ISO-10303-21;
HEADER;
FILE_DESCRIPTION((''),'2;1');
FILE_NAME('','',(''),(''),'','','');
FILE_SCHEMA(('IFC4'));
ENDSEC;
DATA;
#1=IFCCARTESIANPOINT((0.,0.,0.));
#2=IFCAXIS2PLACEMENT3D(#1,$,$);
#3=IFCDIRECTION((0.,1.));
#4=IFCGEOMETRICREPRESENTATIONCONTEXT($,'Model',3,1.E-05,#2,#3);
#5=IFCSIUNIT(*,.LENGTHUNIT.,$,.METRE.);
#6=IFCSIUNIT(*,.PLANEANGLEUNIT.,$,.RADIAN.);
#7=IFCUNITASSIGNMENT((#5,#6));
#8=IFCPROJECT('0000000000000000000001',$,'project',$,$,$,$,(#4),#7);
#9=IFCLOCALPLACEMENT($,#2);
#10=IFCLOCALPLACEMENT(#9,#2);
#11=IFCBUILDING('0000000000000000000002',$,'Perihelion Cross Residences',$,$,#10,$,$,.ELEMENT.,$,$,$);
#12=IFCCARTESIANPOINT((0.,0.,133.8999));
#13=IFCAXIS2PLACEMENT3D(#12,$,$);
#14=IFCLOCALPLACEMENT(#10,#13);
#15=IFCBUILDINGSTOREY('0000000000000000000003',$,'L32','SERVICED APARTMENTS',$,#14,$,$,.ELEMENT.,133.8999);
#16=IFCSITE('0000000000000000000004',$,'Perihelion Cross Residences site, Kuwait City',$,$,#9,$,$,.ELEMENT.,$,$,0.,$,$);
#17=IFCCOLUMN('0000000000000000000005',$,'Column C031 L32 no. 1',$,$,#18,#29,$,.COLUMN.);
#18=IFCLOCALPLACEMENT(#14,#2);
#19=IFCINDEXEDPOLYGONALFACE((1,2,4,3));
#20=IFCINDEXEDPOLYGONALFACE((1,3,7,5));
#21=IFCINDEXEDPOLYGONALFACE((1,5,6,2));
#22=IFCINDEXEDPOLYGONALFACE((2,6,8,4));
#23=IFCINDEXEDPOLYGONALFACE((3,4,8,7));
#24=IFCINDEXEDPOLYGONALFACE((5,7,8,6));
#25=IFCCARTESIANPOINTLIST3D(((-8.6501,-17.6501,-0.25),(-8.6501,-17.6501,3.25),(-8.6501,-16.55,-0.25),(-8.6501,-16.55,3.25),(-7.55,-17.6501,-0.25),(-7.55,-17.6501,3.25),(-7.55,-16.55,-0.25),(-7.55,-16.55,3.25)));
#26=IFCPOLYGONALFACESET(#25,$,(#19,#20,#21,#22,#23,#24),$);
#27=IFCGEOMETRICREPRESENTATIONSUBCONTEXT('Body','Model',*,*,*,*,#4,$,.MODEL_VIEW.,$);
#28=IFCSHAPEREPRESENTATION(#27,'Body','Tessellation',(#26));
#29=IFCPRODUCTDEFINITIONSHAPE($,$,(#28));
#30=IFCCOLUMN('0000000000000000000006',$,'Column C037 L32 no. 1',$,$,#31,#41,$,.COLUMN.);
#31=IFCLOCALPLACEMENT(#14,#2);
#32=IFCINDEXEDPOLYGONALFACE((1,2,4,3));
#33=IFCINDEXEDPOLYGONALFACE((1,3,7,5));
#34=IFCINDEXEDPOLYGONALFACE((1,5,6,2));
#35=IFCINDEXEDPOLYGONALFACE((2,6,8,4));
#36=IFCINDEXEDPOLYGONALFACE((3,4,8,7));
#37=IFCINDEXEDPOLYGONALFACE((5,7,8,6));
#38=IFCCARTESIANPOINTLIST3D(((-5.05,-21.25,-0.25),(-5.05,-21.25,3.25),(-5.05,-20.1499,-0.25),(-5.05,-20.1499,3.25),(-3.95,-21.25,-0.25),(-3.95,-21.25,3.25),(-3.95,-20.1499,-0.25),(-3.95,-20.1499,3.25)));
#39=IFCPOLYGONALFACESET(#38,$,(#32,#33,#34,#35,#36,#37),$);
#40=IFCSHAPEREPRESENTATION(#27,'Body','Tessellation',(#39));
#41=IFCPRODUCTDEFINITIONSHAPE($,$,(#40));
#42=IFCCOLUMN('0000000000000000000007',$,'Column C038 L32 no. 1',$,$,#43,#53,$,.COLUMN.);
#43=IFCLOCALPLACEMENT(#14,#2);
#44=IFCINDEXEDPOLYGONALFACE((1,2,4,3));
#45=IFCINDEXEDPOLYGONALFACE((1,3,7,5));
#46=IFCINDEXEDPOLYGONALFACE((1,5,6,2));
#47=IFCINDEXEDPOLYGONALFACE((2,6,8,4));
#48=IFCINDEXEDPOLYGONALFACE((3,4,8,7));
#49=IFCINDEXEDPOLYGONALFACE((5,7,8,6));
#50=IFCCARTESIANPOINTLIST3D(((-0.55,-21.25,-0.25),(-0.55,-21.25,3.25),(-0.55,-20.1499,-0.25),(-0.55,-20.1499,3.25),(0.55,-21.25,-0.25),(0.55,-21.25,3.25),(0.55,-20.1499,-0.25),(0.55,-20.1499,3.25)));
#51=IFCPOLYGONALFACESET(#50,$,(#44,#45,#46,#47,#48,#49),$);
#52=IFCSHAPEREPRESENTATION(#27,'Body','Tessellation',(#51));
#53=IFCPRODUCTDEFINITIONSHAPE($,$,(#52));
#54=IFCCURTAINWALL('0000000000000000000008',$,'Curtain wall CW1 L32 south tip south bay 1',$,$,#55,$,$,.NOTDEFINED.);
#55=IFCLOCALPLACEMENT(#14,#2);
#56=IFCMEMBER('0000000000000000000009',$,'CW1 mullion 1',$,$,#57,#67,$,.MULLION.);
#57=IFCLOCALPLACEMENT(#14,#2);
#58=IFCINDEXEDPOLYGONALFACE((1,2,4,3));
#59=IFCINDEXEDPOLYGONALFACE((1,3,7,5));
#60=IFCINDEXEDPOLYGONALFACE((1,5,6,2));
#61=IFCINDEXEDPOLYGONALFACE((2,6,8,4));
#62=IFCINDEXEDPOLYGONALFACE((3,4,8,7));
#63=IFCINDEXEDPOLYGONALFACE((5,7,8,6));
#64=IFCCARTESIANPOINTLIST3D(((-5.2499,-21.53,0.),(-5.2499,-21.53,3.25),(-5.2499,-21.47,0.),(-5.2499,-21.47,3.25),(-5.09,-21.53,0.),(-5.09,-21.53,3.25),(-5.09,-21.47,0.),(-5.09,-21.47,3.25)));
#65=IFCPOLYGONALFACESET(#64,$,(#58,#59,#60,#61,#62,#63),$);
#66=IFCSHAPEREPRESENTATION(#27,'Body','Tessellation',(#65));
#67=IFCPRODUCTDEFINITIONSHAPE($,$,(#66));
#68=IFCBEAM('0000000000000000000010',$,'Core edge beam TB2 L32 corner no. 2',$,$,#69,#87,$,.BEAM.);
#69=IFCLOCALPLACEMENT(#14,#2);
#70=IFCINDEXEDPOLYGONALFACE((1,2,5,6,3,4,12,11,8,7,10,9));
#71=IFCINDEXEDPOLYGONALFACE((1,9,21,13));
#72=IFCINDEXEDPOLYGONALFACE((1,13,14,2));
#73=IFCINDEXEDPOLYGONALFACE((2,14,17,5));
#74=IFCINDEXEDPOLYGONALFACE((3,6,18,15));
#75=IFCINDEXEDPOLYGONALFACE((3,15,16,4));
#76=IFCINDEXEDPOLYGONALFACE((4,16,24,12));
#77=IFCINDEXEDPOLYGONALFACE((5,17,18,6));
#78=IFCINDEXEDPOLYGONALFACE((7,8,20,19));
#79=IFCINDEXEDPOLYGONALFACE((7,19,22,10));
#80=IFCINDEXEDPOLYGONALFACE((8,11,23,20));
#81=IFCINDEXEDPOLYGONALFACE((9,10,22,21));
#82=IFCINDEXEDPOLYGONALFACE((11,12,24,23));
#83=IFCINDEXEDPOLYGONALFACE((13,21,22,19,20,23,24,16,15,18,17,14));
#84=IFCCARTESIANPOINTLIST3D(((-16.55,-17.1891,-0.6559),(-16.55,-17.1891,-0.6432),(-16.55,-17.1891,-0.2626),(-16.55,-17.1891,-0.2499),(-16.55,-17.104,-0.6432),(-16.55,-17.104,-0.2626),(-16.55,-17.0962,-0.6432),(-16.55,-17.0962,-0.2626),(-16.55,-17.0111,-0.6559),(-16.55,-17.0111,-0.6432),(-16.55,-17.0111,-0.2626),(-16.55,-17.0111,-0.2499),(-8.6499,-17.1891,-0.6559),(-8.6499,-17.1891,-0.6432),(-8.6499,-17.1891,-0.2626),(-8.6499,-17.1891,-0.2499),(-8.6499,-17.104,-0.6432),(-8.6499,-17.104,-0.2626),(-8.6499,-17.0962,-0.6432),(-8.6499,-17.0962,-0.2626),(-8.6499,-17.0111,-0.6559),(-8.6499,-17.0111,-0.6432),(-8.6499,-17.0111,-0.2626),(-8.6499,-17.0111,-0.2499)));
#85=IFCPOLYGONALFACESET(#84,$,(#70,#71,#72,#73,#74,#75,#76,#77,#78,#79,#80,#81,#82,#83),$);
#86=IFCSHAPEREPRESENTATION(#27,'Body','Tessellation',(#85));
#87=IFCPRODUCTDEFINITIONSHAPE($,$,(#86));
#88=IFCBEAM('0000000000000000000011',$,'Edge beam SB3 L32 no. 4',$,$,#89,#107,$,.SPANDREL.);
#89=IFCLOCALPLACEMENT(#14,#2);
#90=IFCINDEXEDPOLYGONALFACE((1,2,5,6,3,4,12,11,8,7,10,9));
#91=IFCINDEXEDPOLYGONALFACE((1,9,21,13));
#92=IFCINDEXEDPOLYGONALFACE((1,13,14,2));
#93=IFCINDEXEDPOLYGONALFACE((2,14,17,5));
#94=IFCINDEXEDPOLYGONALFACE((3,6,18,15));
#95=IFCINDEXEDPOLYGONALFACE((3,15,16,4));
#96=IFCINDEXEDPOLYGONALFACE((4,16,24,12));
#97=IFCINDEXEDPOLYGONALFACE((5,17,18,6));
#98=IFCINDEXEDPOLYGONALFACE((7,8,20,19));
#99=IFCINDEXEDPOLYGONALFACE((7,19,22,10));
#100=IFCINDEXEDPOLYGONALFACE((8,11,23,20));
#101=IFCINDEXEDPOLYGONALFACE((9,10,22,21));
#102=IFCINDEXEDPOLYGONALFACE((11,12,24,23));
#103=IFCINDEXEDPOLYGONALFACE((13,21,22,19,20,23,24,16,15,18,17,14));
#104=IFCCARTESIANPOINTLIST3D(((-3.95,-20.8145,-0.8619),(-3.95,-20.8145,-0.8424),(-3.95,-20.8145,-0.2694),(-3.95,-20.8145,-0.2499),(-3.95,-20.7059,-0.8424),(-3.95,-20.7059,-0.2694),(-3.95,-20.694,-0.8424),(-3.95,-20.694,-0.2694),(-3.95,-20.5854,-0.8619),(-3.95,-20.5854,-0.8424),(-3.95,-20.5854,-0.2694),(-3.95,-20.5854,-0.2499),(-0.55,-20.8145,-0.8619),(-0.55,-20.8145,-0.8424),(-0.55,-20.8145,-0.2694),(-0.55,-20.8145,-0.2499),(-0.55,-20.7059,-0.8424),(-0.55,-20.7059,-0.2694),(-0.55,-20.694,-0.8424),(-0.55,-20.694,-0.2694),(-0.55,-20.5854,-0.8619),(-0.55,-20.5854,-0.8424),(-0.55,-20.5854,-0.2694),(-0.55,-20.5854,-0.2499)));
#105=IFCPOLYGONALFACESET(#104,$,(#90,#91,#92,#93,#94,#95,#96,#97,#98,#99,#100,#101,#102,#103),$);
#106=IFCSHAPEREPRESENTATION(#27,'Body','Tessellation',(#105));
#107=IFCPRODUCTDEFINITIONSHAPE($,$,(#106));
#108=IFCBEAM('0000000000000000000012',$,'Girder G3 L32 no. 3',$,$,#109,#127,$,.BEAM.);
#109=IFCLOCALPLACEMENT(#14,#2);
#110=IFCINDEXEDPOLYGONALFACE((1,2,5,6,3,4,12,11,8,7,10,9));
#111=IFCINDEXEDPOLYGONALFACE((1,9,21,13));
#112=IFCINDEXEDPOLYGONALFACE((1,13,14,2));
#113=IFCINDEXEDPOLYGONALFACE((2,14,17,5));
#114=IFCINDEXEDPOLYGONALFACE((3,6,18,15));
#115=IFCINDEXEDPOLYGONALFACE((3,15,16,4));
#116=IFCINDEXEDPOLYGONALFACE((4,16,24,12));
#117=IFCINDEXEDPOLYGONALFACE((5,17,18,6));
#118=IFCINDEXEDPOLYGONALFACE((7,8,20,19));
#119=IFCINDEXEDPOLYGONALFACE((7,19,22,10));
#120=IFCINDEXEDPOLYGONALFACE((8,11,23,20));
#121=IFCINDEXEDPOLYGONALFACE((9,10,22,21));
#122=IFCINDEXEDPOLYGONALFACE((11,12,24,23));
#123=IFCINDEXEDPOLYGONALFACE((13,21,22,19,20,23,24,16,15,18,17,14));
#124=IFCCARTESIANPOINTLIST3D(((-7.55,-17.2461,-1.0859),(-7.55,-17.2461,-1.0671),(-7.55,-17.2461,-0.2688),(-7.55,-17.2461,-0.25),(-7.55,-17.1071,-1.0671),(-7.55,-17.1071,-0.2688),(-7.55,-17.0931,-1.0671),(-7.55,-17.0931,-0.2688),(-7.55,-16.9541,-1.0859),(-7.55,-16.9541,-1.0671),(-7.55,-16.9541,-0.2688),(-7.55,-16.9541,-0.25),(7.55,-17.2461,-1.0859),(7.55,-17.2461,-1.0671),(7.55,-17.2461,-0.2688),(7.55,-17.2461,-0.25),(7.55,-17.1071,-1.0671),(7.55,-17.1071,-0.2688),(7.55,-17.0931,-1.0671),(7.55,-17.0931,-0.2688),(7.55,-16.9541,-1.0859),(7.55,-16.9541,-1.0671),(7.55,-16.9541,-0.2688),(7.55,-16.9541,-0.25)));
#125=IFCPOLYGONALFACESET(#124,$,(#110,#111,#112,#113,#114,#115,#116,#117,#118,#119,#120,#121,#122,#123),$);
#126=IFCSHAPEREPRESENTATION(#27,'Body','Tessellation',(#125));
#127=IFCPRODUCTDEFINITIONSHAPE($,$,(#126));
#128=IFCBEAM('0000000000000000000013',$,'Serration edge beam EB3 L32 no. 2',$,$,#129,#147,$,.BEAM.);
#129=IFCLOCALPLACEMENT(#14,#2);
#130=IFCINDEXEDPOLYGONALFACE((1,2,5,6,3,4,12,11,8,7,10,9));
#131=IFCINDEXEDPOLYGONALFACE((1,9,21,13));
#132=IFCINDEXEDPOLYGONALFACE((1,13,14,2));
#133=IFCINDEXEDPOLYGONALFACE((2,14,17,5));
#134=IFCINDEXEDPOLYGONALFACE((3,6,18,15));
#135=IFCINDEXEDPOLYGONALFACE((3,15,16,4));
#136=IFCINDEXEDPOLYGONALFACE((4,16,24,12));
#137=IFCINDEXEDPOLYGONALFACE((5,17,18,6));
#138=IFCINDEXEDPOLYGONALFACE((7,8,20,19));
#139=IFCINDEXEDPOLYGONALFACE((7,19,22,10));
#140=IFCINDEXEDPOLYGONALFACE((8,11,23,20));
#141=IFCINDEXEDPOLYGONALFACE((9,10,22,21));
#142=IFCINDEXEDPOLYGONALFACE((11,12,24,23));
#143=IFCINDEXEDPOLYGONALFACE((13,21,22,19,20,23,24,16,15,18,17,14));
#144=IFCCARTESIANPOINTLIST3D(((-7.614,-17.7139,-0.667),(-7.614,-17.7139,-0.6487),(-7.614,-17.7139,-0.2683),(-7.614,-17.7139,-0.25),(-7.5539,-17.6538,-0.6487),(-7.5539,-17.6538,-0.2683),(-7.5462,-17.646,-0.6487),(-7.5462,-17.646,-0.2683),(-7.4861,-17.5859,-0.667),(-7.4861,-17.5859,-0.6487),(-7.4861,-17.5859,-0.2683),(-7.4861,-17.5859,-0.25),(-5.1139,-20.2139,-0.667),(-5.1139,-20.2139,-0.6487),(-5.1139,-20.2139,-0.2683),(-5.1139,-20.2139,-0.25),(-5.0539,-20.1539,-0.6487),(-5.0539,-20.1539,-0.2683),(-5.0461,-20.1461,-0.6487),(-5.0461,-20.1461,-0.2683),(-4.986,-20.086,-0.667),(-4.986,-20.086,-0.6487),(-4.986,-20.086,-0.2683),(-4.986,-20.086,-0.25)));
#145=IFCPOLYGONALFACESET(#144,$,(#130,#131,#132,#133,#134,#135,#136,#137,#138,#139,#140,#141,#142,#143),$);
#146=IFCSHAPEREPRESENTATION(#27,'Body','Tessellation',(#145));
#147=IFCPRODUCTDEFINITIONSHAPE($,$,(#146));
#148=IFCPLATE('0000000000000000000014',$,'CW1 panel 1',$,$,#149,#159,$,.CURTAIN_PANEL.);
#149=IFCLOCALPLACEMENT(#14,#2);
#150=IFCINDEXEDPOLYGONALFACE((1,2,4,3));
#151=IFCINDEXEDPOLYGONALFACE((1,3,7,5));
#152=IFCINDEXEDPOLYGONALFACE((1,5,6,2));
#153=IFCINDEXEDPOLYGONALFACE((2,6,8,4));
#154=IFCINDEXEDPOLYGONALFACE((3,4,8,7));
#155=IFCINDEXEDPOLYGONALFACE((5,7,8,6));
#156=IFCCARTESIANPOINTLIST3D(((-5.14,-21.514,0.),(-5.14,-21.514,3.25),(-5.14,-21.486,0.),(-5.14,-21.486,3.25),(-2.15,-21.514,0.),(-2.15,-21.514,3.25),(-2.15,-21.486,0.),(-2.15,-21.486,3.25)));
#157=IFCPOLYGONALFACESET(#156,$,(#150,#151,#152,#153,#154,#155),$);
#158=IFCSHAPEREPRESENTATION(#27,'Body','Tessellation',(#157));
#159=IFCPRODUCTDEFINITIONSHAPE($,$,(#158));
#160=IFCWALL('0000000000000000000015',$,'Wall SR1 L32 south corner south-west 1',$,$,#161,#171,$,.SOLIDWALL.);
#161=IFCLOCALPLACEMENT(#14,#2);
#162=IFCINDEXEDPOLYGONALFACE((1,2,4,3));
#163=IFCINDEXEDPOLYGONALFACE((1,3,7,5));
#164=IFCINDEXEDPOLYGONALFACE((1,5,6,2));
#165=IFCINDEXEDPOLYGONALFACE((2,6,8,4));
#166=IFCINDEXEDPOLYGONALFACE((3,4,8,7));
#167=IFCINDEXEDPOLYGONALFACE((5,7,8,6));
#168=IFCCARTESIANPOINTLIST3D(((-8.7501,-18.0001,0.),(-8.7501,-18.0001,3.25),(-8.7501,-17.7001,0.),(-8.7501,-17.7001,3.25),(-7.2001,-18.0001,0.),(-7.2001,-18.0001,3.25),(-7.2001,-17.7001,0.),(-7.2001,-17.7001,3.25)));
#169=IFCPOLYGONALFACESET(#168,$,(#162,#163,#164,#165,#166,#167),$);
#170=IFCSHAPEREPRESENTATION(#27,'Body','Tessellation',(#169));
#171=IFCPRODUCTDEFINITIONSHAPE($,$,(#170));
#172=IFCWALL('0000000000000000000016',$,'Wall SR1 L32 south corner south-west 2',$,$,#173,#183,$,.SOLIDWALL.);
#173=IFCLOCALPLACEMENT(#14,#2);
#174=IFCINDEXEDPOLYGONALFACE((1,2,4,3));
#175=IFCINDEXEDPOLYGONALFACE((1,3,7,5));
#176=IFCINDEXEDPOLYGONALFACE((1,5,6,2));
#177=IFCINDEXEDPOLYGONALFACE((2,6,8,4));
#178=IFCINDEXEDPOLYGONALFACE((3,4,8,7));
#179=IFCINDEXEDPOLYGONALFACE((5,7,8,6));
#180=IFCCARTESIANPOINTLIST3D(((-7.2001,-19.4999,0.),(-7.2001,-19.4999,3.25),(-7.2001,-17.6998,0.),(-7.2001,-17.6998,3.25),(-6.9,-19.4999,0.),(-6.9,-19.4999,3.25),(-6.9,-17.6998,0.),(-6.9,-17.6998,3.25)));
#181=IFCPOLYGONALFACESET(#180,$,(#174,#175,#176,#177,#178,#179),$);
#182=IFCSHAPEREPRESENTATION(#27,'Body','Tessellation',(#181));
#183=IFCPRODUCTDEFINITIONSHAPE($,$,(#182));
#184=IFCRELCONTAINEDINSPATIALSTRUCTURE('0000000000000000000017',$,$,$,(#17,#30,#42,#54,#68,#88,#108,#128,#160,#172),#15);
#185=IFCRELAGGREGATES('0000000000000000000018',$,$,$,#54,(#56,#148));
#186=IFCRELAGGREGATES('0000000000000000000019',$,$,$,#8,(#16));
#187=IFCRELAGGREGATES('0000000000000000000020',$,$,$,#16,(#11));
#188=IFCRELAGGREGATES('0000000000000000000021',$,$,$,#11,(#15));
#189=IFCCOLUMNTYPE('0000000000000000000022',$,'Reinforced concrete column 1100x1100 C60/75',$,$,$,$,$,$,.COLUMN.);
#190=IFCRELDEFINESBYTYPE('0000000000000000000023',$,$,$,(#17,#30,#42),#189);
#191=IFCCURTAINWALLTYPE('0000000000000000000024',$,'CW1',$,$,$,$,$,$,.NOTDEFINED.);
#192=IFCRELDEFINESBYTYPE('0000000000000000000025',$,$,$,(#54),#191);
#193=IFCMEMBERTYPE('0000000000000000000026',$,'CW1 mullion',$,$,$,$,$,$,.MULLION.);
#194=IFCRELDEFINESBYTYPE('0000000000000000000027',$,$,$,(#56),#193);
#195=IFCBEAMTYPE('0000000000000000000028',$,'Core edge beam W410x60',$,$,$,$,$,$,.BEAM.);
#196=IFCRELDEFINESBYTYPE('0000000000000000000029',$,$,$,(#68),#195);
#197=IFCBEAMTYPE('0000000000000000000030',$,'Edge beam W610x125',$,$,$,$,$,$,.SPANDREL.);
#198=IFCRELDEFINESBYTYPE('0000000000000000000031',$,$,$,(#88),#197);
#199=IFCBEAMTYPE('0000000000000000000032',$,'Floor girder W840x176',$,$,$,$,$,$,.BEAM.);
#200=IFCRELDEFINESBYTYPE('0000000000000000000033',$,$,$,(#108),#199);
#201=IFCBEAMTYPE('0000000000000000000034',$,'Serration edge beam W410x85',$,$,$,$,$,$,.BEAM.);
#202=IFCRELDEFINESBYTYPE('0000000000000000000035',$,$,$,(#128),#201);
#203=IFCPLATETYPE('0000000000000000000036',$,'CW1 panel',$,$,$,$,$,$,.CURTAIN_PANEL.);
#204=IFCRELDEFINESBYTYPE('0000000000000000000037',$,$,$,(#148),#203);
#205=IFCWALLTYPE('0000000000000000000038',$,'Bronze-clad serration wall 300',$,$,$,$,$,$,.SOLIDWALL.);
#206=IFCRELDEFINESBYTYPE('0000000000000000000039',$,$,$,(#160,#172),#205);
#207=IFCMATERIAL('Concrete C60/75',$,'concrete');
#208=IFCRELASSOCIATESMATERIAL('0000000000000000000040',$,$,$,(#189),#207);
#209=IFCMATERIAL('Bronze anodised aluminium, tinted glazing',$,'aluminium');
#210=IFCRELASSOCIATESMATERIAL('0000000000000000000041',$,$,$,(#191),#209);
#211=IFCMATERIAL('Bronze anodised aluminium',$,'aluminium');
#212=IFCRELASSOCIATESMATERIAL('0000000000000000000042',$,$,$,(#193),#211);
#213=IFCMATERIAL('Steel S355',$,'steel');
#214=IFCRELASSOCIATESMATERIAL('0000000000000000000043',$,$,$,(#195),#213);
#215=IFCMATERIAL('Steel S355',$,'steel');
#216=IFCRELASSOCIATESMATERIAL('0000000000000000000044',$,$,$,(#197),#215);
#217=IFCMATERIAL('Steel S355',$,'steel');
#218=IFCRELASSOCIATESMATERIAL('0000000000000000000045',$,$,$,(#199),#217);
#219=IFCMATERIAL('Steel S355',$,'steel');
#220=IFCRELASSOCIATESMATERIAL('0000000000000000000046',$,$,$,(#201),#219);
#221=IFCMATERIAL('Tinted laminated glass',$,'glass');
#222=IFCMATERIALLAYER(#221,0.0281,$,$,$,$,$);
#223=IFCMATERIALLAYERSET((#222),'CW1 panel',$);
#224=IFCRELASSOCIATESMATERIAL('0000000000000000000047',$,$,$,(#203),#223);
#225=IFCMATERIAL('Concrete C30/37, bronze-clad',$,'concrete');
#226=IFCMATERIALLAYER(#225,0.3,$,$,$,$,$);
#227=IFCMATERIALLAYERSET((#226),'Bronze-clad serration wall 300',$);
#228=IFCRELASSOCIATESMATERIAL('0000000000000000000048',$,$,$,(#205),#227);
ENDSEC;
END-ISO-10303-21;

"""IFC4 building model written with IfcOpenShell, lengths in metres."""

from ifc_helpers import new_model, si_unit, direction, frame, frame_2d, origin, origin_2d, place, context, subcontext, project, spatial, rectangle, i_section, extrude, material, layer, layer_set, material_profile, profile_set, type_object, element, aggregate, save


model = new_model("IFC4")

# Units and contexts
model_context = context("Model", 3, precision=1e-05, world=origin(), true_north=direction((0.0, 1.0)))
body_context = subcontext(model_context, "Body", "Model", "MODEL_VIEW")
ifc_project = project(units=[si_unit("LENGTHUNIT", "METRE"), si_unit("PLANEANGLEUNIT", "RADIAN")], contexts=[model_context])

# Site, building, storey
site_placement = place(None, origin())
site = spatial("IfcSite", under=ifc_project, at=site_placement, Name="Perihelion Cross Residences site, Kuwait City", CompositionType="ELEMENT", RefElevation=0.0)
building_placement = place(site_placement, origin())
building = spatial("IfcBuilding", under=site, at=building_placement, Name="Perihelion Cross Residences", CompositionType="ELEMENT")
storey_placement = place(building_placement, frame((0.0, 0.0, 133.8999)))
storey = spatial("IfcBuildingStorey", under=building, at=storey_placement, Name="L32", Description="SERVICED APARTMENTS", CompositionType="ELEMENT", Elevation=133.8999)

# Columns
ifc_material_1 = material(Name="Concrete C60/75", Category="concrete")
ifc_material_profile_1 = material_profile(ifc_material_1, rectangle(XDim=1.1001, YDim=1.1001, at=origin_2d()), Name="RC 1100x1100")
ifc_profile_set_1 = profile_set([ifc_material_profile_1], Name="Concrete C60/75")
column_type = type_object("IfcColumnType", Name="Reinforced concrete column 1100x1100 C60/75", PredefinedType="COLUMN", material=ifc_profile_set_1)
for number, where, z_axis, x_axis, name in (
    (1, (-8.1001, -17.1001, -0.25), (0.0, 0.0, 1.0), (1.0, 0.0, 0.0), "Column C031 L32 no. 1"),
    (2, (-4.5, -20.7, -0.25), (0.0, 0.0, 1.0), (1.0, 0.0, 0.0), "Column C037 L32 no. 1"),
    (3, (0.0, -20.7, -0.25), (0.0, 0.0, 1.0), (1.0, 0.0, 0.0), "Column C038 L32 no. 1"),
):
    element("IfcColumn", number, at=place(storey_placement, frame(where, z_axis=z_axis, x_axis=x_axis)), inside=storey, type_object=column_type, Name=name, PredefinedType="COLUMN", context=body_context, shape_type="SweptSolid", body=[
        extrude(rectangle(XDim=1.1001, YDim=1.1001, at=origin_2d()), origin(), (0.0, 0.0, 1.0), 3.5),
    ])

# Curtain wall, member
ifc_material_2 = material(Name="Bronze anodised aluminium, tinted glazing", Category="aluminium")
curtain_wall_type = type_object("IfcCurtainWallType", Name="CW1", PredefinedType="NOTDEFINED", material=ifc_material_2)
curtain_wall_placement = place(storey_placement, origin())
curtain_wall = element("IfcCurtainWall", 4, at=curtain_wall_placement, inside=storey, type_object=curtain_wall_type, Name="Curtain wall CW1 L32 south tip south bay 1", PredefinedType="NOTDEFINED")
ifc_material_3 = material(Name="Bronze anodised aluminium", Category="aluminium")
ifc_material_profile_2 = material_profile(ifc_material_3, rectangle(XDim=0.0601, YDim=0.1599, at=origin_2d()), Name="CW1 mullion")
ifc_profile_set_2 = profile_set([ifc_material_profile_2], Name="Bronze anodised aluminium")
member_type = type_object("IfcMemberType", Name="CW1 mullion", PredefinedType="MULLION", material=ifc_profile_set_2)
member_placement = place(storey_placement, frame((-5.1699, -21.5, 0.0), z_axis=(0.0, 0.0, 1.0), x_axis=(0.0, 1.0, 0.0)))
member = element("IfcMember", 5, at=member_placement, type_object=member_type, Name="CW1 mullion 1", PredefinedType="MULLION", context=body_context, shape_type="SweptSolid", body=[
    extrude(rectangle(XDim=0.0601, YDim=0.1599, at=origin_2d()), origin(), (0.0, 0.0, 1.0), 3.25),
])

# Beams
ifc_material_4 = material(Name="Steel S355", Category="steel")
ifc_material_profile_3 = material_profile(ifc_material_4, i_section(OverallWidth=0.178, OverallDepth=0.406, WebThickness=0.0078, FlangeThickness=0.0127, at=origin_2d()), Name="W410x60")
ifc_profile_set_3 = profile_set([ifc_material_profile_3], Name="Steel S355")
beam_type_1 = type_object("IfcBeamType", Name="Core edge beam W410x60", PredefinedType="BEAM", material=ifc_profile_set_3)
beam_1_placement = place(storey_placement, frame((-8.6499, -17.1001, -0.4529), z_axis=(-1.0, 0.0, 0.0), x_axis=(0.0, -1.0, 0.0)))
element("IfcBeam", 6, at=beam_1_placement, inside=storey, type_object=beam_type_1, Name="Core edge beam TB2 L32 corner no. 2", PredefinedType="BEAM", context=body_context, shape_type="SweptSolid", body=[
    extrude(i_section(OverallWidth=0.178, OverallDepth=0.406, WebThickness=0.0078, FlangeThickness=0.0127, at=origin_2d()), origin(), (0.0, 0.0, 1.0), 7.9001),
])
ifc_material_5 = material(Name="Steel S355", Category="steel")
ifc_material_profile_4 = material_profile(ifc_material_5, i_section(OverallWidth=0.229, OverallDepth=0.6121, WebThickness=0.012, FlangeThickness=0.0195, at=origin_2d()), Name="W610x125")
ifc_profile_set_4 = profile_set([ifc_material_profile_4], Name="Steel S355")
beam_type_2 = type_object("IfcBeamType", Name="Edge beam W610x125", PredefinedType="SPANDREL", material=ifc_profile_set_4)
beam_2_placement = place(storey_placement, frame((-3.95, -20.7, -0.5559), z_axis=(1.0, 0.0, 0.0), x_axis=(0.0, 1.0, 0.0)))
element("IfcBeam", 7, at=beam_2_placement, inside=storey, type_object=beam_type_2, Name="Edge beam SB3 L32 no. 4", PredefinedType="SPANDREL", context=body_context, shape_type="SweptSolid", body=[
    extrude(i_section(OverallWidth=0.229, OverallDepth=0.6121, WebThickness=0.012, FlangeThickness=0.0195, at=origin_2d()), origin(), (0.0, 0.0, 1.0), 3.3999),
])
ifc_material_6 = material(Name="Steel S355", Category="steel")
ifc_material_profile_5 = material_profile(ifc_material_6, i_section(OverallWidth=0.292, OverallDepth=0.8359, WebThickness=0.0139, FlangeThickness=0.0188, at=origin_2d()), Name="W840x176")
ifc_profile_set_5 = profile_set([ifc_material_profile_5], Name="Steel S355")
beam_type_3 = type_object("IfcBeamType", Name="Floor girder W840x176", PredefinedType="BEAM", material=ifc_profile_set_5)
beam_3_placement = place(storey_placement, frame((-7.55, -17.1001, -0.668), z_axis=(1.0, 0.0, 0.0), x_axis=(0.0, 1.0, 0.0)))
element("IfcBeam", 8, at=beam_3_placement, inside=storey, type_object=beam_type_3, Name="Girder G3 L32 no. 3", PredefinedType="BEAM", context=body_context, shape_type="SweptSolid", body=[
    extrude(i_section(OverallWidth=0.292, OverallDepth=0.8359, WebThickness=0.0139, FlangeThickness=0.0188, at=origin_2d()), origin(), (0.0, 0.0, 1.0), 15.1001),
])
ifc_material_7 = material(Name="Steel S355", Category="steel")
ifc_material_profile_6 = material_profile(ifc_material_7, i_section(OverallWidth=0.1809, OverallDepth=0.417, WebThickness=0.011, FlangeThickness=0.0183, at=origin_2d()), Name="W410x85")
ifc_profile_set_6 = profile_set([ifc_material_profile_6], Name="Steel S355")
beam_type_4 = type_object("IfcBeamType", Name="Serration edge beam W410x85", PredefinedType="BEAM", material=ifc_profile_set_6)
beam_4_placement = place(storey_placement, frame((-7.55, -17.6499, -0.4585), z_axis=(0.707107, -0.707107, 0.0), x_axis=(0.707107, 0.707107, 0.0)))
element("IfcBeam", 9, at=beam_4_placement, inside=storey, type_object=beam_type_4, Name="Serration edge beam EB3 L32 no. 2", PredefinedType="BEAM", context=body_context, shape_type="SweptSolid", body=[
    extrude(i_section(OverallWidth=0.1809, OverallDepth=0.417, WebThickness=0.011, FlangeThickness=0.0183, at=origin_2d()), origin(), (0.0, 0.0, 1.0), 3.5356),
])

# Plate
ifc_material_8 = material(Name="Tinted laminated glass", Category="glass")
ifc_layer_1 = layer(ifc_material_8, 0.0281)
ifc_layer_set_1 = layer_set([ifc_layer_1], Name="CW1 panel")
plate_type = type_object("IfcPlateType", Name="CW1 panel", PredefinedType="CURTAIN_PANEL", material=ifc_layer_set_1)
plate_placement = place(storey_placement, frame((-3.645, -21.5, 0.0), z_axis=(0.0, 0.0, 1.0), x_axis=(1.0, 0.0, 0.0)))
plate = element("IfcPlate", 10, at=plate_placement, type_object=plate_type, Name="CW1 panel 1", PredefinedType="CURTAIN_PANEL", context=body_context, shape_type="SweptSolid", body=[
    extrude(rectangle(XDim=2.99, YDim=0.0281, at=origin_2d()), origin(), (0.0, 0.0, 1.0), 3.25),
])
aggregate(curtain_wall, [member, plate])

# Walls
ifc_material_9 = material(Name="Concrete C30/37, bronze-clad", Category="concrete")
ifc_layer_2 = layer(ifc_material_9, 0.3)
ifc_layer_set_2 = layer_set([ifc_layer_2], Name="Bronze-clad serration wall 300")
wall_type_1 = type_object("IfcWallType", Name="Bronze-clad serration wall 300", PredefinedType="SOLIDWALL", material=ifc_layer_set_2)
wall_1_placement = place(storey_placement, frame((-8.75, -17.8501, 0.0), z_axis=(0.0, 0.0, 1.0), x_axis=(1.0, 0.0, 0.0)))
element("IfcWall", 11, at=wall_1_placement, inside=storey, type_object=wall_type_1, Name="Wall SR1 L32 south corner south-west 1", PredefinedType="SOLIDWALL", context=body_context, shape_type="SweptSolid", body=[
    extrude(rectangle(XDim=1.55, YDim=0.3, at=frame_2d((0.7749, 0.0))), origin(), (0.0, 0.0, 1.0), 3.25),
])
for number, where, z_axis, x_axis, name in (
    (12, (-7.05, -17.7, 0.0), (0.0, 0.0, 1.0), (0.0, -1.0, 0.0), "Wall SR1 L32 south corner south-west 2"),
):
    element("IfcWall", number, at=place(storey_placement, frame(where, z_axis=z_axis, x_axis=x_axis)), inside=storey, type_object=wall_type_1, Name=name, PredefinedType="SOLIDWALL", context=body_context, shape_type="SweptSolid", body=[
        extrude(rectangle(XDim=1.8, YDim=0.3, at=frame_2d((0.8999, 0.0))), origin(), (0.0, 0.0, 1.0), 3.25),
    ])

save(model, "model.ifc")
